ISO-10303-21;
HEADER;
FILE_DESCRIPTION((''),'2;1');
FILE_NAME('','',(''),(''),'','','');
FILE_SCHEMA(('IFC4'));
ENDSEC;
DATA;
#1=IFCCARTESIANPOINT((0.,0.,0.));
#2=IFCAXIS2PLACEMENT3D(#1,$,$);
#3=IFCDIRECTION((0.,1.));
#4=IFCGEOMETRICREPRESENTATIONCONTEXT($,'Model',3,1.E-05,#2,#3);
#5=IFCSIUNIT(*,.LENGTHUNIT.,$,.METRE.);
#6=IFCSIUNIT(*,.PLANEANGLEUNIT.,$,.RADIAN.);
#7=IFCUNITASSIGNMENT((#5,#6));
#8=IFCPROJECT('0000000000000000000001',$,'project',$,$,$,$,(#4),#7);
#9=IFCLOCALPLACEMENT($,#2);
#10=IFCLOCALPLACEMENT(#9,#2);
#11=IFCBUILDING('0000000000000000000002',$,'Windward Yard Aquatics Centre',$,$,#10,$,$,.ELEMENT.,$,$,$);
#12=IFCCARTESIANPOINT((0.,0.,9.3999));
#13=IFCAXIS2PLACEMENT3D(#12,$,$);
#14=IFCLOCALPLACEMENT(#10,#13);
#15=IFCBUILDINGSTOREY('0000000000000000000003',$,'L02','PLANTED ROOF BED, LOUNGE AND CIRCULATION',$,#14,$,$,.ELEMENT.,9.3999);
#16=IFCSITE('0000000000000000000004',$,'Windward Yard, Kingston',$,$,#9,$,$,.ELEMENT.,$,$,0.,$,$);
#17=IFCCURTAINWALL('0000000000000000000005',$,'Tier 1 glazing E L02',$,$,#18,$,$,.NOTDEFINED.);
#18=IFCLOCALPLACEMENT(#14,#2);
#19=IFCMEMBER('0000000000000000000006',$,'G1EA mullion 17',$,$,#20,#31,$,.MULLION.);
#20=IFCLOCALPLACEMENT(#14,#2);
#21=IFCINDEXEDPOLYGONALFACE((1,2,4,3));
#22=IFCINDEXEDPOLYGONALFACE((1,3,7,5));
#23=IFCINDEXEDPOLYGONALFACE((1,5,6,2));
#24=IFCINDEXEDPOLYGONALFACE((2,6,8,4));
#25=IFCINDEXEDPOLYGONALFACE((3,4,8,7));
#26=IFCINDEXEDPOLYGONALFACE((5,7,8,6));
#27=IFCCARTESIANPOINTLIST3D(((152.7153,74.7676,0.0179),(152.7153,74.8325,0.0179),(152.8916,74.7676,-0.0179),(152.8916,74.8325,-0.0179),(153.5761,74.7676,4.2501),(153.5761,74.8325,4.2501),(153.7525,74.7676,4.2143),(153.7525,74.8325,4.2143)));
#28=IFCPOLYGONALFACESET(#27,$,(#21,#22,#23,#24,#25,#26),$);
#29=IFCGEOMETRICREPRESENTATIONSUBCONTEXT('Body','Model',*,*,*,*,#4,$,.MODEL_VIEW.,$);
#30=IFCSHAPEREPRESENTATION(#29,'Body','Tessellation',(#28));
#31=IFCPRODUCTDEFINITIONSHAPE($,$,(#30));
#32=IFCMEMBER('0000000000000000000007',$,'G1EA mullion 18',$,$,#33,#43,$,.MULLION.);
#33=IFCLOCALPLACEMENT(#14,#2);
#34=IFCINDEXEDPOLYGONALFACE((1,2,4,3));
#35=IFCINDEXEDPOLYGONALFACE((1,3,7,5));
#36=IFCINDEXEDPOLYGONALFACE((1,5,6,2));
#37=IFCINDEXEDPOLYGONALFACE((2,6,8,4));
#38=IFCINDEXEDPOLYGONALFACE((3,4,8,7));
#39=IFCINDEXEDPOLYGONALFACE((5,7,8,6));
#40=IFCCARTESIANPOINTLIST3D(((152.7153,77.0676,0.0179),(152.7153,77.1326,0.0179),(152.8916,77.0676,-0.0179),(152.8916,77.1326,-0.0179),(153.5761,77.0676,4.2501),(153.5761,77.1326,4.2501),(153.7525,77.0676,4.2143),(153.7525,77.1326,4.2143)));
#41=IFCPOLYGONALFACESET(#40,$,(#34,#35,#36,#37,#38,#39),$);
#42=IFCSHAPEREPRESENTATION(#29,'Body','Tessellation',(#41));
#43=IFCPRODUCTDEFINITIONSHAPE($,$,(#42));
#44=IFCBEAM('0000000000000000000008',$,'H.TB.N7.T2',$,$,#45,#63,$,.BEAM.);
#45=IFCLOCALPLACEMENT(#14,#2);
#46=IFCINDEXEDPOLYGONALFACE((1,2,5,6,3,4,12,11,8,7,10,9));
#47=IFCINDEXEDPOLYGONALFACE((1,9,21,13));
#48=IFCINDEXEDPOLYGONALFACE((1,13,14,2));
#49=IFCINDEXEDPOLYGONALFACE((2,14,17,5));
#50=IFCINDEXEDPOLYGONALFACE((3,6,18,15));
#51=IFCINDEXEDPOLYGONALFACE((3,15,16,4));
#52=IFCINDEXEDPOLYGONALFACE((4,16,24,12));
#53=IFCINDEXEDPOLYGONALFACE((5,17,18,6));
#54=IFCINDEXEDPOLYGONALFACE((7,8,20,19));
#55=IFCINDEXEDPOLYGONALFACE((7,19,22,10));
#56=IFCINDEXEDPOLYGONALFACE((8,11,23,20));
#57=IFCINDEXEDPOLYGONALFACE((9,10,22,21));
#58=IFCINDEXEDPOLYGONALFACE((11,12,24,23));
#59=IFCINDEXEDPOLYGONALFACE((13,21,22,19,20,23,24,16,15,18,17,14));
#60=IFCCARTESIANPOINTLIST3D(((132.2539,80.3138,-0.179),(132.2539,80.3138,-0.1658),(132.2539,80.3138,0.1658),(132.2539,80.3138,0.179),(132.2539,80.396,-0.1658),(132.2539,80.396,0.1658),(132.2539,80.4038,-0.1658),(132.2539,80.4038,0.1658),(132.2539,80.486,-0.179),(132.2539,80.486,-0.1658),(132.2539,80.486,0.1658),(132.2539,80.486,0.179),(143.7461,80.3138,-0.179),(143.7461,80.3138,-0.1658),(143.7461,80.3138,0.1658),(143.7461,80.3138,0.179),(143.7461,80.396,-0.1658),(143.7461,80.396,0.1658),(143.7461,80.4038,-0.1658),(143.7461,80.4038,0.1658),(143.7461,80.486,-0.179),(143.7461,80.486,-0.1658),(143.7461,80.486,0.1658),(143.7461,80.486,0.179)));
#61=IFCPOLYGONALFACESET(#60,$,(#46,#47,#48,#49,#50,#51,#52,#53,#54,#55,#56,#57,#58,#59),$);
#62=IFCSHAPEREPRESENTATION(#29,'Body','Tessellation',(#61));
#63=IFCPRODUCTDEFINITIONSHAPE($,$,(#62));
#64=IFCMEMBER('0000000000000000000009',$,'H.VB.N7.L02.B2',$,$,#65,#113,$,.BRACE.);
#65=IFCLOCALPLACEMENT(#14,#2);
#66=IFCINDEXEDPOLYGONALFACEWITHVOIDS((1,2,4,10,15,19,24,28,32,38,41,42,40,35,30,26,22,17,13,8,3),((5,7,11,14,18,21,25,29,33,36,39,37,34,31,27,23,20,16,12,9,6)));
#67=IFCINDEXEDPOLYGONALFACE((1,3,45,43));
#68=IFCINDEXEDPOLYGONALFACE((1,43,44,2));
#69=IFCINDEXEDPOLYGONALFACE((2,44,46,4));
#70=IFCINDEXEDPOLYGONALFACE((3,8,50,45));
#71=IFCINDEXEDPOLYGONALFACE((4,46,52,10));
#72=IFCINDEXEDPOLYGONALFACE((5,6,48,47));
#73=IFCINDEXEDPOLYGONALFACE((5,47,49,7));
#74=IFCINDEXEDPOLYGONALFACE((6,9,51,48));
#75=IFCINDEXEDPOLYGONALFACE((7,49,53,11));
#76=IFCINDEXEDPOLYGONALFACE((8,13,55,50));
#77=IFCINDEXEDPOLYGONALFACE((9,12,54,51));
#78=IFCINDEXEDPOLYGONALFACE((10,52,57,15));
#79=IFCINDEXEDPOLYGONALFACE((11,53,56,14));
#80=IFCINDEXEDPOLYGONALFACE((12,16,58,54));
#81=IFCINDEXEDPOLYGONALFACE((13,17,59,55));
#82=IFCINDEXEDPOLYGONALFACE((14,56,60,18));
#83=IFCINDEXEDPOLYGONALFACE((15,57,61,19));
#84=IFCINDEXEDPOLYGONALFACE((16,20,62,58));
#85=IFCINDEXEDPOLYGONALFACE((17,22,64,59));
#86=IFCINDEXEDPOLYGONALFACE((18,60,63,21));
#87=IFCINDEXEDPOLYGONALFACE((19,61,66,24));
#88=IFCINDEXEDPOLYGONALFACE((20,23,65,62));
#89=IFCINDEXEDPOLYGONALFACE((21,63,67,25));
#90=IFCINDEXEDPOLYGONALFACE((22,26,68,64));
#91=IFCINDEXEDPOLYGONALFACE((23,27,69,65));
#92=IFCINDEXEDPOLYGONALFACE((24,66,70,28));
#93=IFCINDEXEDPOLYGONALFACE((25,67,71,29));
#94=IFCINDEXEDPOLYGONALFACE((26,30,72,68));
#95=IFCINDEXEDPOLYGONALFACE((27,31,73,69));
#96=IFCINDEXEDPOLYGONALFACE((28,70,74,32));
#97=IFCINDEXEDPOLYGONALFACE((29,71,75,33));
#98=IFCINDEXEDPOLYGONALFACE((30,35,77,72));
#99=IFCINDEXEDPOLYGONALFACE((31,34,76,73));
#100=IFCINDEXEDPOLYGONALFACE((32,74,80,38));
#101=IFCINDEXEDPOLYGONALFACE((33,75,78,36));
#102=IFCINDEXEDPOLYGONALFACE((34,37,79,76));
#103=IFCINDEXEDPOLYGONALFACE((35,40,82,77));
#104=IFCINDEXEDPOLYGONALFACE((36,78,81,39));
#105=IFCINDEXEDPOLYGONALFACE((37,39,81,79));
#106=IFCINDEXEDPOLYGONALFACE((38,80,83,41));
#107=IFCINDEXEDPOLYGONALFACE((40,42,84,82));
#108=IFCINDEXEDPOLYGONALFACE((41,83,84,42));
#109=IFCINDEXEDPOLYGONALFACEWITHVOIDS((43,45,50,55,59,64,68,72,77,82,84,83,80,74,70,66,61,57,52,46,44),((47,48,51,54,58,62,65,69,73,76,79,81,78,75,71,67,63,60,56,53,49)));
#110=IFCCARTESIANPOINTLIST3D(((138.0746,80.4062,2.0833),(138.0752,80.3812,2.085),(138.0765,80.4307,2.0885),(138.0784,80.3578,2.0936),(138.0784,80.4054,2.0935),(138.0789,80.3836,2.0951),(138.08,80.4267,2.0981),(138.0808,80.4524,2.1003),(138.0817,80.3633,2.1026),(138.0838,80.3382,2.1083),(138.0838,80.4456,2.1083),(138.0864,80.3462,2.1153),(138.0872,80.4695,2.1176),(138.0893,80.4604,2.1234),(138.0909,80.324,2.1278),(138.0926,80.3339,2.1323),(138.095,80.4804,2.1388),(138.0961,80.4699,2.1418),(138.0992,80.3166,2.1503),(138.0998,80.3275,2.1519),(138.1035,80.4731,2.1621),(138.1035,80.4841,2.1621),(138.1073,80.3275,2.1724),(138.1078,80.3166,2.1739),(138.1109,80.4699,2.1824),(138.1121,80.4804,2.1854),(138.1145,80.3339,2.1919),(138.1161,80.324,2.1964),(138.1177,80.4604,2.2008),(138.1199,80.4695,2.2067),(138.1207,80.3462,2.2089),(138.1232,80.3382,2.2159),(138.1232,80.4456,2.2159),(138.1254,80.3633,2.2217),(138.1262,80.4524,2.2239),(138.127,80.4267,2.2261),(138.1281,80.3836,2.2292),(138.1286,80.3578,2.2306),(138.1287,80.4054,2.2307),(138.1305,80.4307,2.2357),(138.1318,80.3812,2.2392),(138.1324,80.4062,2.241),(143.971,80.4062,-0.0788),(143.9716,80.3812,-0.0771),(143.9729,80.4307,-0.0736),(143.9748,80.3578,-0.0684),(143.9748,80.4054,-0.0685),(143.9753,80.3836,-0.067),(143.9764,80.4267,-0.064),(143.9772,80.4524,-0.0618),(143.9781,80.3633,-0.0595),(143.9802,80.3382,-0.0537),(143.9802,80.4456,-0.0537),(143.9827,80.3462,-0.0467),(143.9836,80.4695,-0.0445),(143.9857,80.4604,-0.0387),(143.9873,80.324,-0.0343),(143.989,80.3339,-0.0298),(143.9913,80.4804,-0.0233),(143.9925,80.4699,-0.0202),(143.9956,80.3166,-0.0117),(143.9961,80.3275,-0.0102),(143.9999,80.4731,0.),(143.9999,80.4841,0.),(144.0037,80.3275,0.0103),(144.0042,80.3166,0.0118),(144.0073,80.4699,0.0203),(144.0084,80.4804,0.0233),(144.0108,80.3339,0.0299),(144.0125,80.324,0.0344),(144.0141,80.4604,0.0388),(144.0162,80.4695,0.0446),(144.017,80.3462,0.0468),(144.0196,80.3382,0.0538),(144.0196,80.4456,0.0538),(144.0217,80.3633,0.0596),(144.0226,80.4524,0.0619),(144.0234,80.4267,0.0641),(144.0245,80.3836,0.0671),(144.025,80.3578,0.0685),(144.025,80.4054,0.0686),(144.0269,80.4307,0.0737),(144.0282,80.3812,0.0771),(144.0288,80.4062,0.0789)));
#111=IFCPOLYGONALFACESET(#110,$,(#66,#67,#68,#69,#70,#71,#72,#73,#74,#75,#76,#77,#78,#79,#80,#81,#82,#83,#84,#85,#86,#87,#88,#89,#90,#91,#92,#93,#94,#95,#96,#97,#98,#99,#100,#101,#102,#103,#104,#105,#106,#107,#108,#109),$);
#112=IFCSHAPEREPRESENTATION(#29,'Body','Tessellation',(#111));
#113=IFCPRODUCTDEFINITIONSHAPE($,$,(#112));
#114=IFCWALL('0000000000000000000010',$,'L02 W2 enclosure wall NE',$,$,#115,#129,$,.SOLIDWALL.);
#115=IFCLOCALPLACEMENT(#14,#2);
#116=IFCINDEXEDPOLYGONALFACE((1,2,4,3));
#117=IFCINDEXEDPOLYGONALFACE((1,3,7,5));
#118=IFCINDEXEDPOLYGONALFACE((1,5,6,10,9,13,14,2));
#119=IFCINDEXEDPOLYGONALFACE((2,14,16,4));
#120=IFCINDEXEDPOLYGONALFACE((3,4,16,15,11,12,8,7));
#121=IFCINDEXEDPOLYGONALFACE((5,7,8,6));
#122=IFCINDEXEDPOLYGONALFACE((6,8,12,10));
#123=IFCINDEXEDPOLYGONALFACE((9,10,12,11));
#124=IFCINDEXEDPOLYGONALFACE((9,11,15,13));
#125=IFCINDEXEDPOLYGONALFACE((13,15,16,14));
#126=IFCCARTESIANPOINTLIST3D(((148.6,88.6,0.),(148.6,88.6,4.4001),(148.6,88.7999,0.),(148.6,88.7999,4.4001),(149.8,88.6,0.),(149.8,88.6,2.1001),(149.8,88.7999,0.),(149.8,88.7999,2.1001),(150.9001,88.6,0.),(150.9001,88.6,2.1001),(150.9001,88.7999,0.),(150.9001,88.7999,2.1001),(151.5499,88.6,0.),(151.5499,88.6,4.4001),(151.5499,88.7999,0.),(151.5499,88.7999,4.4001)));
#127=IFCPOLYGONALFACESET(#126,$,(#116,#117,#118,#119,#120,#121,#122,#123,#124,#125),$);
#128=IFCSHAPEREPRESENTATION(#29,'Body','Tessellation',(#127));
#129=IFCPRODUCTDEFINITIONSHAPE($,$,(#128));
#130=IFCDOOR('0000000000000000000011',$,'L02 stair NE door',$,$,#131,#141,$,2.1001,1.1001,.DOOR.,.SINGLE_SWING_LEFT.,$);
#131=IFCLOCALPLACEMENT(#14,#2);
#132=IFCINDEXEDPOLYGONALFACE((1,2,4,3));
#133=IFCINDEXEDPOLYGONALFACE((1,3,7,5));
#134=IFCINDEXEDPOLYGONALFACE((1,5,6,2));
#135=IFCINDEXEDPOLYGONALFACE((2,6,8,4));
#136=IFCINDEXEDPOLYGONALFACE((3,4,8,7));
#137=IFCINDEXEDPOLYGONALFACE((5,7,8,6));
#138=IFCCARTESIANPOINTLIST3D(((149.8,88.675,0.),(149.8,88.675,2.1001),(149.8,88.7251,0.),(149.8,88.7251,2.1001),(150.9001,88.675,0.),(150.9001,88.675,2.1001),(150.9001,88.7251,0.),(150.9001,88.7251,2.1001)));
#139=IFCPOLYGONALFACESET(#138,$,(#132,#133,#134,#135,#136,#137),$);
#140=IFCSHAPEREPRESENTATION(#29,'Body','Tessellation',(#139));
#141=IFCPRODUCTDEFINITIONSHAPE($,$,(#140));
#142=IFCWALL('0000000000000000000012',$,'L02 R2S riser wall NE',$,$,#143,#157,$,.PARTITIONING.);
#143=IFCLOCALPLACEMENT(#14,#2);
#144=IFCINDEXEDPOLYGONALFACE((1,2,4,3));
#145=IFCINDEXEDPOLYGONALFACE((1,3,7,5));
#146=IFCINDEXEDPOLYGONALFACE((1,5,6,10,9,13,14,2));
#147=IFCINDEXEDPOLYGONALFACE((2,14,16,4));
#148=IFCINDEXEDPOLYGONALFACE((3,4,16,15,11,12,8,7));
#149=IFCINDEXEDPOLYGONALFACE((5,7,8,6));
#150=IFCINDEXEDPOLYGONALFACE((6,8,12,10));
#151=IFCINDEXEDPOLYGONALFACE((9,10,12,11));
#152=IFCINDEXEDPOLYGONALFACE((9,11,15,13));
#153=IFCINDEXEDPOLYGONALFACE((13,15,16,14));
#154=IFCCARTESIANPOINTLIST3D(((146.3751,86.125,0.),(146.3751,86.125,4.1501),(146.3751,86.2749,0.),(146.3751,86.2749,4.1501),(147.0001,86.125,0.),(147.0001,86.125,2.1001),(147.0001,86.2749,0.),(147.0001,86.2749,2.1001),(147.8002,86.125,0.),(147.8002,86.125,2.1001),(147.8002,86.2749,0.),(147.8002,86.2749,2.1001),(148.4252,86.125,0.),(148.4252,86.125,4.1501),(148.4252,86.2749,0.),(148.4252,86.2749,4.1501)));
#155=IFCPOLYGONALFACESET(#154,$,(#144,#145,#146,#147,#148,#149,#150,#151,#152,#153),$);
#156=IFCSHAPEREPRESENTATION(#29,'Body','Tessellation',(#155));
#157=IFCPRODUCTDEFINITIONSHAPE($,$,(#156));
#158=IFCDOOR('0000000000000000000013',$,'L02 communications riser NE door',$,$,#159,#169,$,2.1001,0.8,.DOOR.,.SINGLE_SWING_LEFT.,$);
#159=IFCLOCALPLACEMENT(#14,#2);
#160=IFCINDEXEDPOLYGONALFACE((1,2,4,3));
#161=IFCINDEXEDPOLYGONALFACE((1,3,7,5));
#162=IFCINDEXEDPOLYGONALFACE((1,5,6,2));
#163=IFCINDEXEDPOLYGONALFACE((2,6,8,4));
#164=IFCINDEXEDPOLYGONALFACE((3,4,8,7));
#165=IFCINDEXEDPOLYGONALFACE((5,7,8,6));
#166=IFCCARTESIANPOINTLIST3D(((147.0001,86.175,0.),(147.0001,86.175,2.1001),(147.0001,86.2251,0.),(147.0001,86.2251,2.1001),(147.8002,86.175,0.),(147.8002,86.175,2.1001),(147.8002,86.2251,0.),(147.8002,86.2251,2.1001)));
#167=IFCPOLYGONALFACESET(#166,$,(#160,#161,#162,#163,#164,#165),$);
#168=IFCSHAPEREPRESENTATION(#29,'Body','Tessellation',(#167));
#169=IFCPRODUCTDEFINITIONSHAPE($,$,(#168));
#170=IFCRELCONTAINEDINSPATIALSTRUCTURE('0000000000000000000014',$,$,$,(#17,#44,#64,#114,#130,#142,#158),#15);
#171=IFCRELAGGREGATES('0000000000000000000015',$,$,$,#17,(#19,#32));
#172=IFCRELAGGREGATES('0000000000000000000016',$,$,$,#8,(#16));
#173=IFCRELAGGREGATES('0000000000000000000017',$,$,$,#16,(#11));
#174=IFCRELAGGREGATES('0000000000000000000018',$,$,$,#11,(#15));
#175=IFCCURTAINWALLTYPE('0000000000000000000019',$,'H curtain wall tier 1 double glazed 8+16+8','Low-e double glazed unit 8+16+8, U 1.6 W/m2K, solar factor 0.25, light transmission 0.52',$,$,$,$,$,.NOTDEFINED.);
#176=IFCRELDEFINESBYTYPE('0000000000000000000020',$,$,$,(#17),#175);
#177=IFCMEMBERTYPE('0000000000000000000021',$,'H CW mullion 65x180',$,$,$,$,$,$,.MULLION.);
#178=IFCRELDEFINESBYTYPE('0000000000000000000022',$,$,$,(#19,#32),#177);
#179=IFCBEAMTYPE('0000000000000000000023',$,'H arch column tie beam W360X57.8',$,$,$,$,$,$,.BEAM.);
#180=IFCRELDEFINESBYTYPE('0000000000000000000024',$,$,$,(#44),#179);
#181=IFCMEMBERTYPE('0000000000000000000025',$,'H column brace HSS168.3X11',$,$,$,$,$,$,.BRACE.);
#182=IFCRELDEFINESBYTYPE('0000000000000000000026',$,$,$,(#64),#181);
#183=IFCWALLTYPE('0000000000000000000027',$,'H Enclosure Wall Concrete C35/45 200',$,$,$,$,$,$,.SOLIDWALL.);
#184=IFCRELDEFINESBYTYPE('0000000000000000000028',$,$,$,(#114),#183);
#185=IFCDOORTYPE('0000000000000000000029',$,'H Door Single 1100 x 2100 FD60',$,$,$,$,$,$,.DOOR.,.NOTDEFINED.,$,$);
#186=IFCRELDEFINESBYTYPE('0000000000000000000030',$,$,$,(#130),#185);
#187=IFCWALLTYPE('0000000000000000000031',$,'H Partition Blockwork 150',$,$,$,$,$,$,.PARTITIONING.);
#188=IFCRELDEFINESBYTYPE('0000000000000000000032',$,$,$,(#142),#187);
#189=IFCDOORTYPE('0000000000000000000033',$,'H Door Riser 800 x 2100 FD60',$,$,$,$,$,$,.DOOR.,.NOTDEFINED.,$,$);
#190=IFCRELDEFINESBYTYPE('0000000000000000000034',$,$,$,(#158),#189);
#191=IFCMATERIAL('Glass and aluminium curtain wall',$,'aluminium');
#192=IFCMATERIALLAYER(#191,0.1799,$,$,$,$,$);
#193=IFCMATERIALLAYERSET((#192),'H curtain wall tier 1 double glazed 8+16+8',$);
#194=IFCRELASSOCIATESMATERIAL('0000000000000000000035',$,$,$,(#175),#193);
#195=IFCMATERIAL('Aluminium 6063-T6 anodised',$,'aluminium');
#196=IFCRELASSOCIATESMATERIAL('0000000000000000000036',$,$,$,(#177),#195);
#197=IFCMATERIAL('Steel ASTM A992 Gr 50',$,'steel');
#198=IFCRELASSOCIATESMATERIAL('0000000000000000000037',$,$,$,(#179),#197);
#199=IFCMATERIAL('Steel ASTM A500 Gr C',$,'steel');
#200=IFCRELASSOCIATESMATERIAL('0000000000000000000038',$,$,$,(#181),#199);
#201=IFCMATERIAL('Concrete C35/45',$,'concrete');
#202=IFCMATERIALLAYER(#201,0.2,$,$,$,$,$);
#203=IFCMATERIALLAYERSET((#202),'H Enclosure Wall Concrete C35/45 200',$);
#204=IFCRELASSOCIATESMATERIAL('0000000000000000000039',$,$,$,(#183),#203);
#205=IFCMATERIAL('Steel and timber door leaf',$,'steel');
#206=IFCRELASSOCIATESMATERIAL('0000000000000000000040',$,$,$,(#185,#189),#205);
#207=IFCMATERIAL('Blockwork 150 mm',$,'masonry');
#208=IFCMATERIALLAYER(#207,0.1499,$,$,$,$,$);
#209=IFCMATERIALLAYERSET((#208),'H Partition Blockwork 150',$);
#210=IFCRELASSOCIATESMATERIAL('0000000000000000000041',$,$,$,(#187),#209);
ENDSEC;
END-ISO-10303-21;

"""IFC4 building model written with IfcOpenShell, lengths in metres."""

from ifc_helpers import new_model, si_unit, direction, frame, frame_2d, origin, origin_2d, place, context, subcontext, project, spatial, rectangle, hollow_circle, i_section, extrude, material, layer, layer_set, material_profile, profile_set, type_object, element, fill, aggregate, save


model = new_model("IFC4")

# Units and contexts
model_context = context("Model", 3, precision=1e-05, world=origin(), true_north=direction((0.0, 1.0)))
body_context = subcontext(model_context, "Body", "Model", "MODEL_VIEW")
ifc_project = project(units=[si_unit("LENGTHUNIT", "METRE"), si_unit("PLANEANGLEUNIT", "RADIAN")], contexts=[model_context])

# Site, building, storey
site_placement = place(None, origin())
site = spatial("IfcSite", under=ifc_project, at=site_placement, Name="Windward Yard, Kingston", CompositionType="ELEMENT", RefElevation=0.0)
building_placement = place(site_placement, origin())
building = spatial("IfcBuilding", under=site, at=building_placement, Name="Windward Yard Aquatics Centre", CompositionType="ELEMENT")
storey_placement = place(building_placement, frame((0.0, 0.0, 9.3999)))
storey = spatial("IfcBuildingStorey", under=building, at=storey_placement, Name="L02", Description="PLANTED ROOF BED, LOUNGE AND CIRCULATION", CompositionType="ELEMENT", Elevation=9.3999)

# Shared definitions
ifc_material_1 = material(Name="Steel ASTM A500 Gr C", Category="steel")

# Curtain wall, members
ifc_material_2 = material(Name="Glass and aluminium curtain wall", Category="aluminium")
ifc_layer_1 = layer(ifc_material_2, 0.1799)
ifc_layer_set_1 = layer_set([ifc_layer_1], Name="H curtain wall tier 1 double glazed 8+16+8")
curtain_wall_type = type_object("IfcCurtainWallType", Name="H curtain wall tier 1 double glazed 8+16+8", Description="Low-e double glazed unit 8+16+8, U 1.6 W/m2K, solar factor 0.25, light transmission 0.52", PredefinedType="NOTDEFINED", material=ifc_layer_set_1)
curtain_wall_placement = place(storey_placement, origin())
curtain_wall = element("IfcCurtainWall", 1, at=curtain_wall_placement, inside=storey, type_object=curtain_wall_type, Name="Tier 1 glazing E L02", PredefinedType="NOTDEFINED")
ifc_material_3 = material(Name="Aluminium 6063-T6 anodised", Category="aluminium")
ifc_material_profile_1 = material_profile(ifc_material_3, rectangle(XDim=0.0649, YDim=0.1799, at=origin_2d()), Name="H CW mullion 65x180")
ifc_profile_set_1 = profile_set([ifc_material_profile_1], Name="Aluminium 6063-T6 anodised")
member_type_1 = type_object("IfcMemberType", Name="H CW mullion 65x180", PredefinedType="MULLION", material=ifc_profile_set_1)
member_1_placement = place(storey_placement, frame((152.8035, 74.8, 0.0), z_axis=(0.199322, 0.0, 0.979934), x_axis=(0.0, 1.0, 0.0)))
member_1 = element("IfcMember", 2, at=member_1_placement, type_object=member_type_1, Name="G1EA mullion 17", PredefinedType="MULLION", context=body_context, shape_type="SweptSolid", body=[
    extrude(rectangle(XDim=0.0649, YDim=0.1799, at=origin_2d()), origin(), (0.0, 0.0, 1.0), 4.3188),
])
member_2_placement = place(storey_placement, frame((152.8035, 77.1001, 0.0), z_axis=(0.199322, 0.0, 0.979934), x_axis=(0.0, 1.0, 0.0)))
member_2 = element("IfcMember", 3, at=member_2_placement, type_object=member_type_1, Name="G1EA mullion 18", PredefinedType="MULLION", context=body_context, shape_type="SweptSolid", body=[
    extrude(rectangle(XDim=0.0649, YDim=0.1799, at=origin_2d()), origin(), (0.0, 0.0, 1.0), 4.3188),
])
aggregate(curtain_wall, [member_1, member_2])

# Beam
ifc_material_4 = material(Name="Steel ASTM A992 Gr 50", Category="steel")
ifc_material_profile_2 = material_profile(ifc_material_4, i_section(OverallWidth=0.1721, OverallDepth=0.3579, WebThickness=0.0078, FlangeThickness=0.0132, at=origin_2d()), Name="W360X57.8")
ifc_profile_set_2 = profile_set([ifc_material_profile_2], Name="Steel ASTM A992 Gr 50")
beam_type = type_object("IfcBeamType", Name="H arch column tie beam W360X57.8", PredefinedType="BEAM", material=ifc_profile_set_2)
beam_placement = place(storey_placement, frame((132.2539, 80.3999, 0.0), z_axis=(1.0, 0.0, 0.0), x_axis=(0.0, 1.0, 0.0)))
element("IfcBeam", 4, at=beam_placement, inside=storey, type_object=beam_type, Name="H.TB.N7.T2", PredefinedType="BEAM", context=body_context, shape_type="SweptSolid", body=[
    extrude(i_section(OverallWidth=0.1721, OverallDepth=0.3579, WebThickness=0.0078, FlangeThickness=0.0132, at=origin_2d()), origin(), (0.0, 0.0, 1.0), 11.4922),
])

# Member
ifc_material_profile_3 = material_profile(ifc_material_1, hollow_circle(Radius=0.0842, WallThickness=0.011, at=origin_2d()), Name="HSS168.3X11")
ifc_profile_set_3 = profile_set([ifc_material_profile_3], Name="Steel ASTM A500 Gr C")
member_type_2 = type_object("IfcMemberType", Name="H column brace HSS168.3X11", PredefinedType="BRACE", material=ifc_profile_set_3)
member_3_placement = place(storey_placement, frame((138.1035, 80.3999, 2.1621), z_axis=(0.938873, 0.0, -0.344264), x_axis=(0.0, 1.0, 0.0)))
element("IfcMember", 5, at=member_3_placement, inside=storey, type_object=member_type_2, Name="H.VB.N7.L02.B2", PredefinedType="BRACE", context=body_context, shape_type="SweptSolid", body=[
    extrude(hollow_circle(Radius=0.0842, WallThickness=0.011, at=origin_2d()), origin(), (0.0, 0.0, 1.0), 6.2803),
])

# Walls, openings, doors
ifc_material_5 = material(Name="Concrete C35/45", Category="concrete")
ifc_layer_2 = layer(ifc_material_5, 0.2)
ifc_layer_set_2 = layer_set([ifc_layer_2], Name="H Enclosure Wall Concrete C35/45 200")
wall_type_1 = type_object("IfcWallType", Name="H Enclosure Wall Concrete C35/45 200", PredefinedType="SOLIDWALL", material=ifc_layer_set_2)
wall_1_placement = place(storey_placement, frame((151.55, 88.7, 0.0), z_axis=(0.0, 0.0, 1.0), x_axis=(-1.0, 0.0, 0.0)))
wall_1 = element("IfcWall", 6, at=wall_1_placement, inside=storey, type_object=wall_type_1, Name="L02 W2 enclosure wall NE", PredefinedType="SOLIDWALL", context=body_context, shape_type="SweptSolid", body=[
    extrude(rectangle(XDim=2.95, YDim=0.2, at=frame_2d((1.4751, 0.0))), origin(), (0.0, 0.0, 1.0), 4.4001),
])
opening_1_placement = place(wall_1_placement, frame((0.6499, 0.0, 0.0)))
opening_1 = element("IfcOpeningElement", 7, at=opening_1_placement, cuts=wall_1, PredefinedType="OPENING", context=body_context, shape_type="SweptSolid", body=[
    extrude(rectangle(XDim=1.1001, YDim=2.1001, at=frame_2d((0.55, 1.05))), frame((0.0, 0.1099, 0.0), z_axis=(0.0, -1.0, 0.0), x_axis=(1.0, 0.0, 0.0)), (0.0, 0.0, 1.0), 0.22),
])
ifc_material_6 = material(Name="Steel and timber door leaf", Category="steel")
door_type_1 = type_object("IfcDoorType", Name="H Door Single 1100 x 2100 FD60", OperationType="NOTDEFINED", PredefinedType="DOOR", material=ifc_material_6)
door_1_placement = place(opening_1_placement, origin())
door_1 = element("IfcDoor", 8, at=door_1_placement, inside=storey, type_object=door_type_1, Name="L02 stair NE door", OperationType="SINGLE_SWING_LEFT", OverallHeight=2.1001, OverallWidth=1.1001, PredefinedType="DOOR", context=body_context, shape_type="SweptSolid", body=[
    extrude(rectangle(XDim=1.1001, YDim=2.1001, at=frame_2d((0.55, 1.05))), frame((0.0, 0.0249, 0.0), z_axis=(0.0, -1.0, 0.0), x_axis=(1.0, 0.0, 0.0)), (0.0, 0.0, 1.0), 0.05),
])
fill(opening_1, door_1)
ifc_material_7 = material(Name="Blockwork 150 mm", Category="masonry")
ifc_layer_3 = layer(ifc_material_7, 0.1499)
ifc_layer_set_3 = layer_set([ifc_layer_3], Name="H Partition Blockwork 150")
wall_type_2 = type_object("IfcWallType", Name="H Partition Blockwork 150", PredefinedType="PARTITIONING", material=ifc_layer_set_3)
wall_2_placement = place(storey_placement, frame((148.425, 86.2, 0.0), z_axis=(0.0, 0.0, 1.0), x_axis=(-1.0, 0.0, 0.0)))
wall_2 = element("IfcWall", 9, at=wall_2_placement, inside=storey, type_object=wall_type_2, Name="L02 R2S riser wall NE", PredefinedType="PARTITIONING", context=body_context, shape_type="SweptSolid", body=[
    extrude(rectangle(XDim=2.05, YDim=0.1499, at=frame_2d((1.0249, 0.0))), origin(), (0.0, 0.0, 1.0), 4.1501),
])
opening_2_placement = place(wall_2_placement, frame((0.625, 0.0, 0.0)))
opening_2 = element("IfcOpeningElement", 10, at=opening_2_placement, cuts=wall_2, PredefinedType="OPENING", context=body_context, shape_type="SweptSolid", body=[
    extrude(rectangle(XDim=0.8, YDim=2.1001, at=frame_2d((0.3999, 1.05))), frame((0.0, 0.085, 0.0), z_axis=(0.0, -1.0, 0.0), x_axis=(1.0, 0.0, 0.0)), (0.0, 0.0, 1.0), 0.1699),
])
door_type_2 = type_object("IfcDoorType", Name="H Door Riser 800 x 2100 FD60", OperationType="NOTDEFINED", PredefinedType="DOOR", material=ifc_material_6)
door_2_placement = place(opening_2_placement, origin())
door_2 = element("IfcDoor", 11, at=door_2_placement, inside=storey, type_object=door_type_2, Name="L02 communications riser NE door", OperationType="SINGLE_SWING_LEFT", OverallHeight=2.1001, OverallWidth=0.8, PredefinedType="DOOR", context=body_context, shape_type="SweptSolid", body=[
    extrude(rectangle(XDim=0.8, YDim=2.1001, at=frame_2d((0.3999, 1.05))), frame((0.0, 0.0249, 0.0), z_axis=(0.0, -1.0, 0.0), x_axis=(1.0, 0.0, 0.0)), (0.0, 0.0, 1.0), 0.05),
])
fill(opening_2, door_2)

save(model, "model.ifc")
